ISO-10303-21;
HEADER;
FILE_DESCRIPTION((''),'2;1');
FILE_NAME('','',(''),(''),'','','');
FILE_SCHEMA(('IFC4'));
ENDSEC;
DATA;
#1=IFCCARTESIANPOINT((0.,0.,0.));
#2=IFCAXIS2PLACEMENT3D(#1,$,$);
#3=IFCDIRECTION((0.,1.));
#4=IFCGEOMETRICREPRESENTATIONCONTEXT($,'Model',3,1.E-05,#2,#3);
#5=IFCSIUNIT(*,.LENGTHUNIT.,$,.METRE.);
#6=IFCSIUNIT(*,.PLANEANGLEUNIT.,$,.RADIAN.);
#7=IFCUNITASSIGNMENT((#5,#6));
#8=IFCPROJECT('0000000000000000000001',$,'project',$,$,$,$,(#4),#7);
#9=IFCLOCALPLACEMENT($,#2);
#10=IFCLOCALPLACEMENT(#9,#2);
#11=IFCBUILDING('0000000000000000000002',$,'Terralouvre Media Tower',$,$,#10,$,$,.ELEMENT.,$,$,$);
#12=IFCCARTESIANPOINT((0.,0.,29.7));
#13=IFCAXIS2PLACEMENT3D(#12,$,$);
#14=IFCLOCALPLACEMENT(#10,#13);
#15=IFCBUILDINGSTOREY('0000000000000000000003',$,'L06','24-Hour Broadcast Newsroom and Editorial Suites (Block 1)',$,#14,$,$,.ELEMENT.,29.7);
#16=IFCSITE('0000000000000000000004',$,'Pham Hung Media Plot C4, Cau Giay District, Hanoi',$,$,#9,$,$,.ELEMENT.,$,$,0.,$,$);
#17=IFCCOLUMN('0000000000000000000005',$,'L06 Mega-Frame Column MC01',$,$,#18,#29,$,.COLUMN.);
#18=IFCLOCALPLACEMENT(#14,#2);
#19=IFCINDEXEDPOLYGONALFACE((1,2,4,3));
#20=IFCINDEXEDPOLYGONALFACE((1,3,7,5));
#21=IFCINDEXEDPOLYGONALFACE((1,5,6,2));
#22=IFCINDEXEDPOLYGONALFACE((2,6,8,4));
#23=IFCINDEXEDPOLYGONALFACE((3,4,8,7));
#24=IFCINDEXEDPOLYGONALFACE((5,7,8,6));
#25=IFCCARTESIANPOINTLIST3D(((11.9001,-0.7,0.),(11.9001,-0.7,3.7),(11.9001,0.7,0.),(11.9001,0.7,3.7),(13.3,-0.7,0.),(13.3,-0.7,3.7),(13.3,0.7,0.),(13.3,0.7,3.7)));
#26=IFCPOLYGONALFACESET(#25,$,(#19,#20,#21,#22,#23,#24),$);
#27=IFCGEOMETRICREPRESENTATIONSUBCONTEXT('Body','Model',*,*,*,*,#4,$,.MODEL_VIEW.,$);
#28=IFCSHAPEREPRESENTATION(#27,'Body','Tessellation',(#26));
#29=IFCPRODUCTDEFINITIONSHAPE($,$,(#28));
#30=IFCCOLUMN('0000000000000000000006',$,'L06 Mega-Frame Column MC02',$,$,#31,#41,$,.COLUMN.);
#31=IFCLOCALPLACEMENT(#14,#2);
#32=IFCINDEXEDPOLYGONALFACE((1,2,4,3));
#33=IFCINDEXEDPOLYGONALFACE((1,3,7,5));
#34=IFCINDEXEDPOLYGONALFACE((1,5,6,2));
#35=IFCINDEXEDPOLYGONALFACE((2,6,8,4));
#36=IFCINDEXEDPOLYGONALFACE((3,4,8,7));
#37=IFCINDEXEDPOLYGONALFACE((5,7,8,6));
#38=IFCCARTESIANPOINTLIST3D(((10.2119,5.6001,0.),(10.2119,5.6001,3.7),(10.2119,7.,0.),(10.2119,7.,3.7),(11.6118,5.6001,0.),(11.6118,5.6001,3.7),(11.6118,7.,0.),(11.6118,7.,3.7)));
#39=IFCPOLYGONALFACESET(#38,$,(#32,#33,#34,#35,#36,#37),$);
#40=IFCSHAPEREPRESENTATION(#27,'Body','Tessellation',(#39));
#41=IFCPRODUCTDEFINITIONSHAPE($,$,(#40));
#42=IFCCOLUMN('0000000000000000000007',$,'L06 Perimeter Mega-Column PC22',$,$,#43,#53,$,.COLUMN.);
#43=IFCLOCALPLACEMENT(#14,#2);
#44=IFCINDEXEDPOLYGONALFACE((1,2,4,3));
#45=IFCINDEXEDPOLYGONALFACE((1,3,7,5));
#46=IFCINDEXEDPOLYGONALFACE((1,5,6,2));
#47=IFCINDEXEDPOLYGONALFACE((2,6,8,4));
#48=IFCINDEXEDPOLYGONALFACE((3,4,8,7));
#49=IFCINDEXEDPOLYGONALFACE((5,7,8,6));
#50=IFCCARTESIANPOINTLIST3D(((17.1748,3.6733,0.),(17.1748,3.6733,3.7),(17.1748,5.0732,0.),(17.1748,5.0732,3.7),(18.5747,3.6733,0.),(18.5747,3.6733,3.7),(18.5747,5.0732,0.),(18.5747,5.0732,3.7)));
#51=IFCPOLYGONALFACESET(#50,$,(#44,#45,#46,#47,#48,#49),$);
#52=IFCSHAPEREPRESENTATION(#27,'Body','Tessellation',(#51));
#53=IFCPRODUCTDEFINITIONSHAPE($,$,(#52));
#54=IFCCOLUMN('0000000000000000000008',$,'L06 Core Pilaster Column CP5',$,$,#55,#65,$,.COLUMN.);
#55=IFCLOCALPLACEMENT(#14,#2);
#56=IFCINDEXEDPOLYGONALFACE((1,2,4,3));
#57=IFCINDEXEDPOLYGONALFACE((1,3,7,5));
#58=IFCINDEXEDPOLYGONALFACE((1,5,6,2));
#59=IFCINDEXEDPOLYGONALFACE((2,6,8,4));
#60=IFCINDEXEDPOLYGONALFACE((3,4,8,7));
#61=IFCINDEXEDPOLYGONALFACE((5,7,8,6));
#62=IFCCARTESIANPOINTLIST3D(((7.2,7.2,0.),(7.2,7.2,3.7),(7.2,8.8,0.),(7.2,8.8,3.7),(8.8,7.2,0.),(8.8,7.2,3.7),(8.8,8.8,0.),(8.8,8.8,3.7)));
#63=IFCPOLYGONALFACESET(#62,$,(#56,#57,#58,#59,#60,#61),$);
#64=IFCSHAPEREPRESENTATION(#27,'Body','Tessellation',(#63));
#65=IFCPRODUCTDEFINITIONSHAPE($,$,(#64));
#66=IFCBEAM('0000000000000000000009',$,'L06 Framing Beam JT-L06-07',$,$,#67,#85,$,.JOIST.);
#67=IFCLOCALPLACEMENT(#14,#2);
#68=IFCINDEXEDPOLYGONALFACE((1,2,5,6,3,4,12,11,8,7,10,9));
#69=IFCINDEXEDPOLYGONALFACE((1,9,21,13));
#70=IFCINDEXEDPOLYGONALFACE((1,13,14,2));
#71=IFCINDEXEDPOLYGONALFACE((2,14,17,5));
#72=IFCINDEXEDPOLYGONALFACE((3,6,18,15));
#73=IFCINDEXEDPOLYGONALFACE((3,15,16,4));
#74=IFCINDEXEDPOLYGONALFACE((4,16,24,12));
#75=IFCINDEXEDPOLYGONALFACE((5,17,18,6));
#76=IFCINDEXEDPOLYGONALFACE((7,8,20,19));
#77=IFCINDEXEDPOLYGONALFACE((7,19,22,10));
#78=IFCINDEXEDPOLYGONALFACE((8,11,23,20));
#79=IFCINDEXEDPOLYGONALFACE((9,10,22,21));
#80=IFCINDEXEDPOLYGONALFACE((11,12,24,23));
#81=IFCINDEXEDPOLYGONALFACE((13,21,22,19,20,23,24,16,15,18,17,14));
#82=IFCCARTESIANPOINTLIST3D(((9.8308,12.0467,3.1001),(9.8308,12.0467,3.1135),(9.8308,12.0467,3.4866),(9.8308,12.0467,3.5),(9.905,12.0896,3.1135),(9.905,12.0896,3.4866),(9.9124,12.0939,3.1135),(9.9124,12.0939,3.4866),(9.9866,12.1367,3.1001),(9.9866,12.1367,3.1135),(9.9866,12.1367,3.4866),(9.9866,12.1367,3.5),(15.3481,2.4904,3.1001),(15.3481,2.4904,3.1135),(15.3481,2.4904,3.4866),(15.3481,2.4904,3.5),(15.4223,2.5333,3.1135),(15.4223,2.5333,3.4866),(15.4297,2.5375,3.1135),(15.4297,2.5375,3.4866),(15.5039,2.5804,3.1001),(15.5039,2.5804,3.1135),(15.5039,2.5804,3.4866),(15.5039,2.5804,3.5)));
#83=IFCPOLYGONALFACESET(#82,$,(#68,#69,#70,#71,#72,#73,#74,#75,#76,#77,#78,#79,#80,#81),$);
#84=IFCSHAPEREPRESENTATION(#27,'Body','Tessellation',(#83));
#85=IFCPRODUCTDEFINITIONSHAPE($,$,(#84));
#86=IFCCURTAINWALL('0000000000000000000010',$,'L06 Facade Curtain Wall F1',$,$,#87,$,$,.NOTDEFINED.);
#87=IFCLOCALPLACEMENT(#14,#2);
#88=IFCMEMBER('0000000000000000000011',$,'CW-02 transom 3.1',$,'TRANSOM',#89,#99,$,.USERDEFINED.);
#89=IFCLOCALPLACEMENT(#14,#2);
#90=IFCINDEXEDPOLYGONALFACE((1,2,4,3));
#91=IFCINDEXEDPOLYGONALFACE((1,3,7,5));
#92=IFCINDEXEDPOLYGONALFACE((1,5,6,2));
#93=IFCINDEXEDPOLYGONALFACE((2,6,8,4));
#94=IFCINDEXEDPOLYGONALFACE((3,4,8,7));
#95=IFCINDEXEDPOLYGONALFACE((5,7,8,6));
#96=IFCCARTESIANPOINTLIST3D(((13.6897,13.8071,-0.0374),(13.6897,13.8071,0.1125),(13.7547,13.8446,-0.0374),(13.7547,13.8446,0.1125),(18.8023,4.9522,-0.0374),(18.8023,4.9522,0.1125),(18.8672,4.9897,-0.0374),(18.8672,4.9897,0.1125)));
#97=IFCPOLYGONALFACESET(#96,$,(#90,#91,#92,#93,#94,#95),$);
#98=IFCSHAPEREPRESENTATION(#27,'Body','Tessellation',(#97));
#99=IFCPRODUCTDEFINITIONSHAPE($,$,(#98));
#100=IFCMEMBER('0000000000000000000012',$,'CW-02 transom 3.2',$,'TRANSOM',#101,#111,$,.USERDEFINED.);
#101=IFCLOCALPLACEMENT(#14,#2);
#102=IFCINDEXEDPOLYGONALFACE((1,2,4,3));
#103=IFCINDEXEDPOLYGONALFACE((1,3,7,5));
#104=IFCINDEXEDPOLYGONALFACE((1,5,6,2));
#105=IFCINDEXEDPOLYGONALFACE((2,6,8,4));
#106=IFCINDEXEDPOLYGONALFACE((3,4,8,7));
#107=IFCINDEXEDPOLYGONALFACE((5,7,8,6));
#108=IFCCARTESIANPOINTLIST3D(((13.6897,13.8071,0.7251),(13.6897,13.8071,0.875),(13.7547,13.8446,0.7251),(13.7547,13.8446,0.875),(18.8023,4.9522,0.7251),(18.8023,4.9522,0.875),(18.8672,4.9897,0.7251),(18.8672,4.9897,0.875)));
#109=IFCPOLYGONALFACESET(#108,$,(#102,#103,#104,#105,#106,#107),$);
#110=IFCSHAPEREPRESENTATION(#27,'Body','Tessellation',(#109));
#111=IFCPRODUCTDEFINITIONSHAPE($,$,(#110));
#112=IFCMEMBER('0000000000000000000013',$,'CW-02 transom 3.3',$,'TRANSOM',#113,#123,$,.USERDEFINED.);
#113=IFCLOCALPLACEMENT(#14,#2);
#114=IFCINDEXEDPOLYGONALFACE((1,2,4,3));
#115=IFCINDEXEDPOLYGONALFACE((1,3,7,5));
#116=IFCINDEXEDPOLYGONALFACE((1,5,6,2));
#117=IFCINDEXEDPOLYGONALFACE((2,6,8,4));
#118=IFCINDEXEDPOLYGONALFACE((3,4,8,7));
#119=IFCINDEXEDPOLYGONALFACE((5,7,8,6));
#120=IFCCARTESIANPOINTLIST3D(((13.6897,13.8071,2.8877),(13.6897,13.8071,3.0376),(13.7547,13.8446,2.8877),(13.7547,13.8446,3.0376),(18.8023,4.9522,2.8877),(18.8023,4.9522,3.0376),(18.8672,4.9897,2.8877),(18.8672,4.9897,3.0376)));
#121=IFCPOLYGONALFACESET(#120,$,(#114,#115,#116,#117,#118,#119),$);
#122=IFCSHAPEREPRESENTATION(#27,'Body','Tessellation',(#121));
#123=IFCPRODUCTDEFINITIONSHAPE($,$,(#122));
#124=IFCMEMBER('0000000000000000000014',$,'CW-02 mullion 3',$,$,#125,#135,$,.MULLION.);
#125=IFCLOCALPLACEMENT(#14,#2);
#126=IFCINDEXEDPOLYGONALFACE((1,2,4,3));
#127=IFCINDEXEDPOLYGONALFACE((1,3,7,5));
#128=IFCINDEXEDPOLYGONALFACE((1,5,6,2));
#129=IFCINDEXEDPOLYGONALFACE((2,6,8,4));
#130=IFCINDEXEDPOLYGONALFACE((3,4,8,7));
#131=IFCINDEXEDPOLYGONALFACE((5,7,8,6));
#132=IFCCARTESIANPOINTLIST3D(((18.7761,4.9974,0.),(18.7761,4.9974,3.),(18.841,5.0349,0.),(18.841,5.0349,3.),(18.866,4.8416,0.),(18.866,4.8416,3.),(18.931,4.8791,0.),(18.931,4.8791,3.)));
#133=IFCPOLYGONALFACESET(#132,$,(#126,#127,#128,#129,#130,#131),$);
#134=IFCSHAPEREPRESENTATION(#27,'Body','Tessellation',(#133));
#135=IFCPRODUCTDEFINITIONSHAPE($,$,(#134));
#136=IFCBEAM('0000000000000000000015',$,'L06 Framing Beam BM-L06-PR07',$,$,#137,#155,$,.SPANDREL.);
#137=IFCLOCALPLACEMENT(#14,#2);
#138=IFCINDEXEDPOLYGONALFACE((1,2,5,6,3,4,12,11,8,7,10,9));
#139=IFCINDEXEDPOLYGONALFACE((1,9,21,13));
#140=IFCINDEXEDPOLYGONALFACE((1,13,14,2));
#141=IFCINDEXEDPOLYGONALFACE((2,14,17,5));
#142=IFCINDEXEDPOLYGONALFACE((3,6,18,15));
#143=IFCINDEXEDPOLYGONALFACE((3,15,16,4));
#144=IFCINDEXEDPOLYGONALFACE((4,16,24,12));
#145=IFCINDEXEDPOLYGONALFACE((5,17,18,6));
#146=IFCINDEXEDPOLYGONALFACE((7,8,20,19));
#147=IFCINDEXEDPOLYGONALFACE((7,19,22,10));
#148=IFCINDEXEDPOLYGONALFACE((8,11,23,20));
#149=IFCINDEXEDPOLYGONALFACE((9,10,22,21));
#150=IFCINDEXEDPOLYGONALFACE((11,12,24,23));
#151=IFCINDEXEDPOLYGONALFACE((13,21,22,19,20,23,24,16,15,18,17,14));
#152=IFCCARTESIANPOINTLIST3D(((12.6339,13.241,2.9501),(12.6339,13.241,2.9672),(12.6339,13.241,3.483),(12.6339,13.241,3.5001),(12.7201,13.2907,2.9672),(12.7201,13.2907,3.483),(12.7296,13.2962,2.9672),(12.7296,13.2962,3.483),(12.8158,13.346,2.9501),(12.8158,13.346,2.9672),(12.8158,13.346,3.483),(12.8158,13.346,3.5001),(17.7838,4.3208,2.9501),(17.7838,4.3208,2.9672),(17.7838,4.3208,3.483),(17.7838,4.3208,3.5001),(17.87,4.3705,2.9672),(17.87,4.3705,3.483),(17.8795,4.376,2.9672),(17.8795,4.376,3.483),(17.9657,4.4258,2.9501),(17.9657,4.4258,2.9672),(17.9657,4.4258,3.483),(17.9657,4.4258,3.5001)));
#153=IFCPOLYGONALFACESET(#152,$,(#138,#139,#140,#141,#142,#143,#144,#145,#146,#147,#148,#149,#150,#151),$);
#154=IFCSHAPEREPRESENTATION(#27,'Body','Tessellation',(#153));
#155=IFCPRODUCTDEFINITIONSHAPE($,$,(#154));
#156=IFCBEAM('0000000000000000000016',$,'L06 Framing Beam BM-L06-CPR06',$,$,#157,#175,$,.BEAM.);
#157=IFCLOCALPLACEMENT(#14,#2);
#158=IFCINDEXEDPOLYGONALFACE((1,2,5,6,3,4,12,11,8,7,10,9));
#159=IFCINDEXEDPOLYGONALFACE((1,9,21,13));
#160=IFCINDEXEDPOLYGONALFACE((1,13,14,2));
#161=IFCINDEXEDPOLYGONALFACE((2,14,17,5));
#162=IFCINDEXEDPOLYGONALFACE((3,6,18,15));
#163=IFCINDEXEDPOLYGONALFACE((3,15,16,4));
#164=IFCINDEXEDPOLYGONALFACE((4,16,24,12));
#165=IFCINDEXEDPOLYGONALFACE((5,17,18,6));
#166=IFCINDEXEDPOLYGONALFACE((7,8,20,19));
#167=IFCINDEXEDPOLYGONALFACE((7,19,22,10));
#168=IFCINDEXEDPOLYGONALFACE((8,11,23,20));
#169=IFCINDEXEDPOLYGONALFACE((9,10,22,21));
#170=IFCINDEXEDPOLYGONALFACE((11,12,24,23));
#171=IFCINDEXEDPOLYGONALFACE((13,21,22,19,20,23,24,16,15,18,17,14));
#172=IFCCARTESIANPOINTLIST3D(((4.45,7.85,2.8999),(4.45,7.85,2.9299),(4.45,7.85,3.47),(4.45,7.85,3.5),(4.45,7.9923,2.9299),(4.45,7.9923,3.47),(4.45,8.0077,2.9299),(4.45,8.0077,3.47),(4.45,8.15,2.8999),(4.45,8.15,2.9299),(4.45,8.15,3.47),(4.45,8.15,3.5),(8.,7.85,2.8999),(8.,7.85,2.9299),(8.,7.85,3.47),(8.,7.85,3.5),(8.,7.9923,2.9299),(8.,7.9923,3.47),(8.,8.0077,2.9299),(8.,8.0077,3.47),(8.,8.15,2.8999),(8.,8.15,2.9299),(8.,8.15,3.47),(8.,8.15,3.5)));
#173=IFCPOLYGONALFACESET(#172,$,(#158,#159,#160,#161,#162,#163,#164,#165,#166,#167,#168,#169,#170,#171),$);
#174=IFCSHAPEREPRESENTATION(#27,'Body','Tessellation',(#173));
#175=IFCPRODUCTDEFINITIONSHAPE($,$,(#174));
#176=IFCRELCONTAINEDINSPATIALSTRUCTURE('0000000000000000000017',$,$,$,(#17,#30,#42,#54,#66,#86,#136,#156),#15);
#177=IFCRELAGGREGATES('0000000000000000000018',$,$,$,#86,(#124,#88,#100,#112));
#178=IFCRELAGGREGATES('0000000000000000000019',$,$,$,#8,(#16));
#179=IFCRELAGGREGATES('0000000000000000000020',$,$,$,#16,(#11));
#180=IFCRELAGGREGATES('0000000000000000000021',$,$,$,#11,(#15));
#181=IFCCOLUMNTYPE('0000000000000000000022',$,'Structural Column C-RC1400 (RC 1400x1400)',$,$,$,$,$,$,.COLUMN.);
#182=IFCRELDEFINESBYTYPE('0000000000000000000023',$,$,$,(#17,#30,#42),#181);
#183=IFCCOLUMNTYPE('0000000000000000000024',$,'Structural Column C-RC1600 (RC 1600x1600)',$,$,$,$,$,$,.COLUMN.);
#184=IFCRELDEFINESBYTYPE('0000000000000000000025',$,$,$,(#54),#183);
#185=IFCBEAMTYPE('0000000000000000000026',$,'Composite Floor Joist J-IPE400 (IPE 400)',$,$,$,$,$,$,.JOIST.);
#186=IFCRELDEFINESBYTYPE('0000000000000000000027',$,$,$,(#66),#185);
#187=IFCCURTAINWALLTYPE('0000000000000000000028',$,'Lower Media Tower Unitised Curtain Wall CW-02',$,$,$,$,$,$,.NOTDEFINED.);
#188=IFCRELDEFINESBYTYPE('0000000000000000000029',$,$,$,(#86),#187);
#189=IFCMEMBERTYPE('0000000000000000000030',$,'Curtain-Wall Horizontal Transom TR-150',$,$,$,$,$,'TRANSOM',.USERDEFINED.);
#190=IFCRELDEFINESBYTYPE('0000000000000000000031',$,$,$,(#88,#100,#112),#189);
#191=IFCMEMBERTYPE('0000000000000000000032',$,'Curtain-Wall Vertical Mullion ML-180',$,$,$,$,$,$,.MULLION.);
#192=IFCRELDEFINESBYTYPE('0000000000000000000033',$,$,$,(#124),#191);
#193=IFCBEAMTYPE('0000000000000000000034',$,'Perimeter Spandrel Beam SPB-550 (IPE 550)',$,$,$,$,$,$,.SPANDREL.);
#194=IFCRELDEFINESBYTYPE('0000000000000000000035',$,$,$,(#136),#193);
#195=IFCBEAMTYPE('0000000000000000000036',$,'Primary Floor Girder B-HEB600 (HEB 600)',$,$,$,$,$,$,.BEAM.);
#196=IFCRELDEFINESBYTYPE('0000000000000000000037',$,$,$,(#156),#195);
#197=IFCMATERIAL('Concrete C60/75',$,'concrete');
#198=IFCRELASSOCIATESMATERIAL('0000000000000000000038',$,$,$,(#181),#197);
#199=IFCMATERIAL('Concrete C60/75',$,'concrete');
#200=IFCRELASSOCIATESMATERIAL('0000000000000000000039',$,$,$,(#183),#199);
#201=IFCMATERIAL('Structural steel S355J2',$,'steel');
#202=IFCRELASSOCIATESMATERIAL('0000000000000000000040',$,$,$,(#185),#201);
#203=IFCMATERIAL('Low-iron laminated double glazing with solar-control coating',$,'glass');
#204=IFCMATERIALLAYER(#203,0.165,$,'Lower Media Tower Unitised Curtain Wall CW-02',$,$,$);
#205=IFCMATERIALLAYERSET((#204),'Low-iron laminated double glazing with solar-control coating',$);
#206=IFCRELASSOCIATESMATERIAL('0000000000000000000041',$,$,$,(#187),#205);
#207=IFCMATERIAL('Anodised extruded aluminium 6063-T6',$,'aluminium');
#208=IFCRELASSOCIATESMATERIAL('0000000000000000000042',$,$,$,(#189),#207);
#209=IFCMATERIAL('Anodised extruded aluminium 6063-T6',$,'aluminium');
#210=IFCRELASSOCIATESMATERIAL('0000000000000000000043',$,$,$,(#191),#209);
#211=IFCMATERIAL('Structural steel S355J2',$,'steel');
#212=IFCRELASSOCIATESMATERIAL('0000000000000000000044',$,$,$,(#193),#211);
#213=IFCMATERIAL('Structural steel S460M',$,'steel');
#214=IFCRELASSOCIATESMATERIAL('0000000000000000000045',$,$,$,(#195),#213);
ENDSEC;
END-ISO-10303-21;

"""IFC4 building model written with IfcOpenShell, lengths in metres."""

from ifc_helpers import new_model, si_unit, direction, frame, origin, origin_2d, place, context, subcontext, project, spatial, rectangle, i_section, extrude, material, layer, layer_set, material_profile, profile_set, type_object, element, aggregate, save


model = new_model("IFC4")

# Units and contexts
model_context = context("Model", 3, precision=1e-05, world=origin(), true_north=direction((0.0, 1.0)))
body_context = subcontext(model_context, "Body", "Model", "MODEL_VIEW")
ifc_project = project(units=[si_unit("LENGTHUNIT", "METRE"), si_unit("PLANEANGLEUNIT", "RADIAN")], contexts=[model_context])

# Site, building, storey
site_placement = place(None, origin())
site = spatial("IfcSite", under=ifc_project, at=site_placement, Name="Pham Hung Media Plot C4, Cau Giay District, Hanoi", CompositionType="ELEMENT", RefElevation=0.0)
building_placement = place(site_placement, origin())
building = spatial("IfcBuilding", under=site, at=building_placement, Name="Terralouvre Media Tower", CompositionType="ELEMENT")
storey_placement = place(building_placement, frame((0.0, 0.0, 29.7)))
storey = spatial("IfcBuildingStorey", under=building, at=storey_placement, Name="L06", Description="24-Hour Broadcast Newsroom and Editorial Suites (Block 1)", CompositionType="ELEMENT", Elevation=29.7)

# Columns
ifc_material_1 = material(Name="Concrete C60/75", Category="concrete")
ifc_material_profile_1 = material_profile(ifc_material_1, rectangle(XDim=1.3999, YDim=1.3999, at=origin_2d()), Name="RC 1400x1400")
ifc_profile_set_1 = profile_set([ifc_material_profile_1], Name="Concrete C60/75")
column_type_1 = type_object("IfcColumnType", Name="Structural Column C-RC1400 (RC 1400x1400)", PredefinedType="COLUMN", material=ifc_profile_set_1)
for number, where, z_axis, x_axis, name in (
    (1, (12.6001, 0.0, 0.0), (0.0, 0.0, 1.0), (1.0, 0.0, 0.0), "L06 Mega-Frame Column MC01"),
    (2, (10.9119, 6.3, 0.0), (0.0, 0.0, 1.0), (1.0, 0.0, 0.0), "L06 Mega-Frame Column MC02"),
    (3, (17.8748, 4.3733, 0.0), (0.0, 0.0, 1.0), (1.0, 0.0, 0.0), "L06 Perimeter Mega-Column PC22"),
):
    element("IfcColumn", number, at=place(storey_placement, frame(where, z_axis=z_axis, x_axis=x_axis)), inside=storey, type_object=column_type_1, Name=name, PredefinedType="COLUMN", context=body_context, shape_type="SweptSolid", body=[
        extrude(rectangle(XDim=1.3999, YDim=1.3999, at=origin_2d()), origin(), (0.0, 0.0, 1.0), 3.7),
    ])
ifc_material_2 = material(Name="Concrete C60/75", Category="concrete")
ifc_material_profile_2 = material_profile(ifc_material_2, rectangle(XDim=1.6001, YDim=1.6001, at=origin_2d()), Name="RC 1600x1600")
ifc_profile_set_2 = profile_set([ifc_material_profile_2], Name="Concrete C60/75")
column_type_2 = type_object("IfcColumnType", Name="Structural Column C-RC1600 (RC 1600x1600)", PredefinedType="COLUMN", material=ifc_profile_set_2)
column_placement = place(storey_placement, frame((8.0, 8.0, 0.0), z_axis=(0.0, 0.0, 1.0), x_axis=(1.0, 0.0, 0.0)))
element("IfcColumn", 4, at=column_placement, inside=storey, type_object=column_type_2, Name="L06 Core Pilaster Column CP5", PredefinedType="COLUMN", context=body_context, shape_type="SweptSolid", body=[
    extrude(rectangle(XDim=1.6001, YDim=1.6001, at=origin_2d()), origin(), (0.0, 0.0, 1.0), 3.7),
])

# Beam
ifc_material_3 = material(Name="Structural steel S355J2", Category="steel")
ifc_material_profile_3 = material_profile(ifc_material_3, i_section(OverallWidth=0.1799, OverallDepth=0.3999, WebThickness=0.0085, FlangeThickness=0.0134, at=origin_2d()), Name="IPE 400")
ifc_profile_set_3 = profile_set([ifc_material_profile_3], Name="Structural steel S355J2")
beam_type_1 = type_object("IfcBeamType", Name="Composite Floor Joist J-IPE400 (IPE 400)", PredefinedType="JOIST", material=ifc_profile_set_3)
beam_1_placement = place(storey_placement, frame((15.426, 2.5354, 3.3), z_axis=(-0.499996, 0.866028, 0.0), x_axis=(-0.866028, -0.499996, 0.0)))
element("IfcBeam", 5, at=beam_1_placement, inside=storey, type_object=beam_type_1, Name="L06 Framing Beam JT-L06-07", PredefinedType="JOIST", context=body_context, shape_type="SweptSolid", body=[
    extrude(i_section(OverallWidth=0.1799, OverallDepth=0.3999, WebThickness=0.0085, FlangeThickness=0.0134, at=origin_2d()), origin(), (0.0, 0.0, 1.0), 11.0347),
])

# Curtain wall, members
ifc_material_4 = material(Name="Low-iron laminated double glazing with solar-control coating", Category="glass")
ifc_layer_1 = layer(ifc_material_4, 0.165, Name="Lower Media Tower Unitised Curtain Wall CW-02")
ifc_layer_set_1 = layer_set([ifc_layer_1], Name="Low-iron laminated double glazing with solar-control coating")
curtain_wall_type = type_object("IfcCurtainWallType", Name="Lower Media Tower Unitised Curtain Wall CW-02", PredefinedType="NOTDEFINED", material=ifc_layer_set_1)
curtain_wall_placement = place(storey_placement, origin())
curtain_wall = element("IfcCurtainWall", 6, at=curtain_wall_placement, inside=storey, type_object=curtain_wall_type, Name="L06 Facade Curtain Wall F1", PredefinedType="NOTDEFINED")
ifc_material_5 = material(Name="Anodised extruded aluminium 6063-T6", Category="aluminium")
ifc_material_profile_4 = material_profile(ifc_material_5, rectangle(XDim=0.075, YDim=0.1499, at=origin_2d()), Name="ALU 75x150")
ifc_profile_set_4 = profile_set([ifc_material_profile_4], Name="Anodised extruded aluminium 6063-T6")
member_type_1 = type_object("IfcMemberType", Name="Curtain-Wall Horizontal Transom TR-150", ElementType="TRANSOM", PredefinedType="USERDEFINED", material=ifc_profile_set_4)
member_1_placement = place(storey_placement, frame((18.8347, 4.9709, 0.0376), z_axis=(-0.500009, 0.86602, 0.0), x_axis=(-0.86602, -0.500009, 0.0)))
member_1 = element("IfcMember", 7, at=member_1_placement, type_object=member_type_1, Name="CW-02 transom 3.1", ObjectType="TRANSOM", PredefinedType="USERDEFINED", context=body_context, shape_type="SweptSolid", body=[
    extrude(rectangle(XDim=0.075, YDim=0.1499, at=origin_2d()), origin(), (0.0, 0.0, 1.0), 10.2249),
])
member_2_placement = place(storey_placement, frame((18.8347, 4.9709, 0.8), z_axis=(-0.500009, 0.86602, 0.0), x_axis=(-0.86602, -0.500009, 0.0)))
member_2 = element("IfcMember", 8, at=member_2_placement, type_object=member_type_1, Name="CW-02 transom 3.2", ObjectType="TRANSOM", PredefinedType="USERDEFINED", context=body_context, shape_type="SweptSolid", body=[
    extrude(rectangle(XDim=0.075, YDim=0.1499, at=origin_2d()), origin(), (0.0, 0.0, 1.0), 10.2249),
])
member_3_placement = place(storey_placement, frame((18.8347, 4.9709, 2.9626), z_axis=(-0.500009, 0.86602, 0.0), x_axis=(-0.86602, -0.500009, 0.0)))
member_3 = element("IfcMember", 9, at=member_3_placement, type_object=member_type_1, Name="CW-02 transom 3.3", ObjectType="TRANSOM", PredefinedType="USERDEFINED", context=body_context, shape_type="SweptSolid", body=[
    extrude(rectangle(XDim=0.075, YDim=0.1499, at=origin_2d()), origin(), (0.0, 0.0, 1.0), 10.2249),
])
ifc_material_6 = material(Name="Anodised extruded aluminium 6063-T6", Category="aluminium")
ifc_material_profile_5 = material_profile(ifc_material_6, rectangle(XDim=0.075, YDim=0.1799, at=origin_2d()), Name="ALU 75x180")
ifc_profile_set_5 = profile_set([ifc_material_profile_5], Name="Anodised extruded aluminium 6063-T6")
member_type_2 = type_object("IfcMemberType", Name="Curtain-Wall Vertical Mullion ML-180", PredefinedType="MULLION", material=ifc_profile_set_5)
member_4_placement = place(storey_placement, frame((18.8535, 4.9382, 0.0), z_axis=(0.0, 0.0, 1.0), x_axis=(-0.866025, -0.5, 0.0)))
member_4 = element("IfcMember", 10, at=member_4_placement, type_object=member_type_2, Name="CW-02 mullion 3", PredefinedType="MULLION", context=body_context, shape_type="SweptSolid", body=[
    extrude(rectangle(XDim=0.075, YDim=0.1799, at=origin_2d()), origin(), (0.0, 0.0, 1.0), 3.0),
])

# Beams
ifc_material_7 = material(Name="Structural steel S355J2", Category="steel")
ifc_material_profile_6 = material_profile(ifc_material_7, i_section(OverallWidth=0.21, OverallDepth=0.55, WebThickness=0.011, FlangeThickness=0.0171, at=origin_2d()), Name="IPE 550")
ifc_profile_set_6 = profile_set([ifc_material_profile_6], Name="Structural steel S355J2")
beam_type_2 = type_object("IfcBeamType", Name="Perimeter Spandrel Beam SPB-550 (IPE 550)", PredefinedType="SPANDREL", material=ifc_profile_set_6)
beam_2_placement = place(storey_placement, frame((17.8748, 4.3733, 3.2251), z_axis=(-0.499989, 0.866032, 0.0), x_axis=(-0.866032, -0.499989, 0.0)))
element("IfcBeam", 11, at=beam_2_placement, inside=storey, type_object=beam_type_2, Name="L06 Framing Beam BM-L06-PR07", PredefinedType="SPANDREL", context=body_context, shape_type="SweptSolid", body=[
    extrude(i_section(OverallWidth=0.21, OverallDepth=0.55, WebThickness=0.011, FlangeThickness=0.0171, at=origin_2d()), origin(), (0.0, 0.0, 1.0), 10.3),
])
ifc_material_8 = material(Name="Structural steel S460M", Category="steel")
ifc_material_profile_7 = material_profile(ifc_material_8, i_section(OverallWidth=0.3, OverallDepth=0.6001, WebThickness=0.0154, FlangeThickness=0.03, at=origin_2d()), Name="HEB 600")
ifc_profile_set_7 = profile_set([ifc_material_profile_7], Name="Structural steel S460M")
beam_type_3 = type_object("IfcBeamType", Name="Primary Floor Girder B-HEB600 (HEB 600)", PredefinedType="BEAM", material=ifc_profile_set_7)
beam_3_placement = place(storey_placement, frame((8.0, 8.0, 3.2), z_axis=(-1.0, 0.0, 0.0), x_axis=(0.0, -1.0, 0.0)))
element("IfcBeam", 12, at=beam_3_placement, inside=storey, type_object=beam_type_3, Name="L06 Framing Beam BM-L06-CPR06", PredefinedType="BEAM", context=body_context, shape_type="SweptSolid", body=[
    extrude(i_section(OverallWidth=0.3, OverallDepth=0.6001, WebThickness=0.0154, FlangeThickness=0.03, at=origin_2d()), origin(), (0.0, 0.0, 1.0), 3.55),
])

aggregate(curtain_wall, [member_4, member_1, member_2, member_3])

save(model, "model.ifc")
